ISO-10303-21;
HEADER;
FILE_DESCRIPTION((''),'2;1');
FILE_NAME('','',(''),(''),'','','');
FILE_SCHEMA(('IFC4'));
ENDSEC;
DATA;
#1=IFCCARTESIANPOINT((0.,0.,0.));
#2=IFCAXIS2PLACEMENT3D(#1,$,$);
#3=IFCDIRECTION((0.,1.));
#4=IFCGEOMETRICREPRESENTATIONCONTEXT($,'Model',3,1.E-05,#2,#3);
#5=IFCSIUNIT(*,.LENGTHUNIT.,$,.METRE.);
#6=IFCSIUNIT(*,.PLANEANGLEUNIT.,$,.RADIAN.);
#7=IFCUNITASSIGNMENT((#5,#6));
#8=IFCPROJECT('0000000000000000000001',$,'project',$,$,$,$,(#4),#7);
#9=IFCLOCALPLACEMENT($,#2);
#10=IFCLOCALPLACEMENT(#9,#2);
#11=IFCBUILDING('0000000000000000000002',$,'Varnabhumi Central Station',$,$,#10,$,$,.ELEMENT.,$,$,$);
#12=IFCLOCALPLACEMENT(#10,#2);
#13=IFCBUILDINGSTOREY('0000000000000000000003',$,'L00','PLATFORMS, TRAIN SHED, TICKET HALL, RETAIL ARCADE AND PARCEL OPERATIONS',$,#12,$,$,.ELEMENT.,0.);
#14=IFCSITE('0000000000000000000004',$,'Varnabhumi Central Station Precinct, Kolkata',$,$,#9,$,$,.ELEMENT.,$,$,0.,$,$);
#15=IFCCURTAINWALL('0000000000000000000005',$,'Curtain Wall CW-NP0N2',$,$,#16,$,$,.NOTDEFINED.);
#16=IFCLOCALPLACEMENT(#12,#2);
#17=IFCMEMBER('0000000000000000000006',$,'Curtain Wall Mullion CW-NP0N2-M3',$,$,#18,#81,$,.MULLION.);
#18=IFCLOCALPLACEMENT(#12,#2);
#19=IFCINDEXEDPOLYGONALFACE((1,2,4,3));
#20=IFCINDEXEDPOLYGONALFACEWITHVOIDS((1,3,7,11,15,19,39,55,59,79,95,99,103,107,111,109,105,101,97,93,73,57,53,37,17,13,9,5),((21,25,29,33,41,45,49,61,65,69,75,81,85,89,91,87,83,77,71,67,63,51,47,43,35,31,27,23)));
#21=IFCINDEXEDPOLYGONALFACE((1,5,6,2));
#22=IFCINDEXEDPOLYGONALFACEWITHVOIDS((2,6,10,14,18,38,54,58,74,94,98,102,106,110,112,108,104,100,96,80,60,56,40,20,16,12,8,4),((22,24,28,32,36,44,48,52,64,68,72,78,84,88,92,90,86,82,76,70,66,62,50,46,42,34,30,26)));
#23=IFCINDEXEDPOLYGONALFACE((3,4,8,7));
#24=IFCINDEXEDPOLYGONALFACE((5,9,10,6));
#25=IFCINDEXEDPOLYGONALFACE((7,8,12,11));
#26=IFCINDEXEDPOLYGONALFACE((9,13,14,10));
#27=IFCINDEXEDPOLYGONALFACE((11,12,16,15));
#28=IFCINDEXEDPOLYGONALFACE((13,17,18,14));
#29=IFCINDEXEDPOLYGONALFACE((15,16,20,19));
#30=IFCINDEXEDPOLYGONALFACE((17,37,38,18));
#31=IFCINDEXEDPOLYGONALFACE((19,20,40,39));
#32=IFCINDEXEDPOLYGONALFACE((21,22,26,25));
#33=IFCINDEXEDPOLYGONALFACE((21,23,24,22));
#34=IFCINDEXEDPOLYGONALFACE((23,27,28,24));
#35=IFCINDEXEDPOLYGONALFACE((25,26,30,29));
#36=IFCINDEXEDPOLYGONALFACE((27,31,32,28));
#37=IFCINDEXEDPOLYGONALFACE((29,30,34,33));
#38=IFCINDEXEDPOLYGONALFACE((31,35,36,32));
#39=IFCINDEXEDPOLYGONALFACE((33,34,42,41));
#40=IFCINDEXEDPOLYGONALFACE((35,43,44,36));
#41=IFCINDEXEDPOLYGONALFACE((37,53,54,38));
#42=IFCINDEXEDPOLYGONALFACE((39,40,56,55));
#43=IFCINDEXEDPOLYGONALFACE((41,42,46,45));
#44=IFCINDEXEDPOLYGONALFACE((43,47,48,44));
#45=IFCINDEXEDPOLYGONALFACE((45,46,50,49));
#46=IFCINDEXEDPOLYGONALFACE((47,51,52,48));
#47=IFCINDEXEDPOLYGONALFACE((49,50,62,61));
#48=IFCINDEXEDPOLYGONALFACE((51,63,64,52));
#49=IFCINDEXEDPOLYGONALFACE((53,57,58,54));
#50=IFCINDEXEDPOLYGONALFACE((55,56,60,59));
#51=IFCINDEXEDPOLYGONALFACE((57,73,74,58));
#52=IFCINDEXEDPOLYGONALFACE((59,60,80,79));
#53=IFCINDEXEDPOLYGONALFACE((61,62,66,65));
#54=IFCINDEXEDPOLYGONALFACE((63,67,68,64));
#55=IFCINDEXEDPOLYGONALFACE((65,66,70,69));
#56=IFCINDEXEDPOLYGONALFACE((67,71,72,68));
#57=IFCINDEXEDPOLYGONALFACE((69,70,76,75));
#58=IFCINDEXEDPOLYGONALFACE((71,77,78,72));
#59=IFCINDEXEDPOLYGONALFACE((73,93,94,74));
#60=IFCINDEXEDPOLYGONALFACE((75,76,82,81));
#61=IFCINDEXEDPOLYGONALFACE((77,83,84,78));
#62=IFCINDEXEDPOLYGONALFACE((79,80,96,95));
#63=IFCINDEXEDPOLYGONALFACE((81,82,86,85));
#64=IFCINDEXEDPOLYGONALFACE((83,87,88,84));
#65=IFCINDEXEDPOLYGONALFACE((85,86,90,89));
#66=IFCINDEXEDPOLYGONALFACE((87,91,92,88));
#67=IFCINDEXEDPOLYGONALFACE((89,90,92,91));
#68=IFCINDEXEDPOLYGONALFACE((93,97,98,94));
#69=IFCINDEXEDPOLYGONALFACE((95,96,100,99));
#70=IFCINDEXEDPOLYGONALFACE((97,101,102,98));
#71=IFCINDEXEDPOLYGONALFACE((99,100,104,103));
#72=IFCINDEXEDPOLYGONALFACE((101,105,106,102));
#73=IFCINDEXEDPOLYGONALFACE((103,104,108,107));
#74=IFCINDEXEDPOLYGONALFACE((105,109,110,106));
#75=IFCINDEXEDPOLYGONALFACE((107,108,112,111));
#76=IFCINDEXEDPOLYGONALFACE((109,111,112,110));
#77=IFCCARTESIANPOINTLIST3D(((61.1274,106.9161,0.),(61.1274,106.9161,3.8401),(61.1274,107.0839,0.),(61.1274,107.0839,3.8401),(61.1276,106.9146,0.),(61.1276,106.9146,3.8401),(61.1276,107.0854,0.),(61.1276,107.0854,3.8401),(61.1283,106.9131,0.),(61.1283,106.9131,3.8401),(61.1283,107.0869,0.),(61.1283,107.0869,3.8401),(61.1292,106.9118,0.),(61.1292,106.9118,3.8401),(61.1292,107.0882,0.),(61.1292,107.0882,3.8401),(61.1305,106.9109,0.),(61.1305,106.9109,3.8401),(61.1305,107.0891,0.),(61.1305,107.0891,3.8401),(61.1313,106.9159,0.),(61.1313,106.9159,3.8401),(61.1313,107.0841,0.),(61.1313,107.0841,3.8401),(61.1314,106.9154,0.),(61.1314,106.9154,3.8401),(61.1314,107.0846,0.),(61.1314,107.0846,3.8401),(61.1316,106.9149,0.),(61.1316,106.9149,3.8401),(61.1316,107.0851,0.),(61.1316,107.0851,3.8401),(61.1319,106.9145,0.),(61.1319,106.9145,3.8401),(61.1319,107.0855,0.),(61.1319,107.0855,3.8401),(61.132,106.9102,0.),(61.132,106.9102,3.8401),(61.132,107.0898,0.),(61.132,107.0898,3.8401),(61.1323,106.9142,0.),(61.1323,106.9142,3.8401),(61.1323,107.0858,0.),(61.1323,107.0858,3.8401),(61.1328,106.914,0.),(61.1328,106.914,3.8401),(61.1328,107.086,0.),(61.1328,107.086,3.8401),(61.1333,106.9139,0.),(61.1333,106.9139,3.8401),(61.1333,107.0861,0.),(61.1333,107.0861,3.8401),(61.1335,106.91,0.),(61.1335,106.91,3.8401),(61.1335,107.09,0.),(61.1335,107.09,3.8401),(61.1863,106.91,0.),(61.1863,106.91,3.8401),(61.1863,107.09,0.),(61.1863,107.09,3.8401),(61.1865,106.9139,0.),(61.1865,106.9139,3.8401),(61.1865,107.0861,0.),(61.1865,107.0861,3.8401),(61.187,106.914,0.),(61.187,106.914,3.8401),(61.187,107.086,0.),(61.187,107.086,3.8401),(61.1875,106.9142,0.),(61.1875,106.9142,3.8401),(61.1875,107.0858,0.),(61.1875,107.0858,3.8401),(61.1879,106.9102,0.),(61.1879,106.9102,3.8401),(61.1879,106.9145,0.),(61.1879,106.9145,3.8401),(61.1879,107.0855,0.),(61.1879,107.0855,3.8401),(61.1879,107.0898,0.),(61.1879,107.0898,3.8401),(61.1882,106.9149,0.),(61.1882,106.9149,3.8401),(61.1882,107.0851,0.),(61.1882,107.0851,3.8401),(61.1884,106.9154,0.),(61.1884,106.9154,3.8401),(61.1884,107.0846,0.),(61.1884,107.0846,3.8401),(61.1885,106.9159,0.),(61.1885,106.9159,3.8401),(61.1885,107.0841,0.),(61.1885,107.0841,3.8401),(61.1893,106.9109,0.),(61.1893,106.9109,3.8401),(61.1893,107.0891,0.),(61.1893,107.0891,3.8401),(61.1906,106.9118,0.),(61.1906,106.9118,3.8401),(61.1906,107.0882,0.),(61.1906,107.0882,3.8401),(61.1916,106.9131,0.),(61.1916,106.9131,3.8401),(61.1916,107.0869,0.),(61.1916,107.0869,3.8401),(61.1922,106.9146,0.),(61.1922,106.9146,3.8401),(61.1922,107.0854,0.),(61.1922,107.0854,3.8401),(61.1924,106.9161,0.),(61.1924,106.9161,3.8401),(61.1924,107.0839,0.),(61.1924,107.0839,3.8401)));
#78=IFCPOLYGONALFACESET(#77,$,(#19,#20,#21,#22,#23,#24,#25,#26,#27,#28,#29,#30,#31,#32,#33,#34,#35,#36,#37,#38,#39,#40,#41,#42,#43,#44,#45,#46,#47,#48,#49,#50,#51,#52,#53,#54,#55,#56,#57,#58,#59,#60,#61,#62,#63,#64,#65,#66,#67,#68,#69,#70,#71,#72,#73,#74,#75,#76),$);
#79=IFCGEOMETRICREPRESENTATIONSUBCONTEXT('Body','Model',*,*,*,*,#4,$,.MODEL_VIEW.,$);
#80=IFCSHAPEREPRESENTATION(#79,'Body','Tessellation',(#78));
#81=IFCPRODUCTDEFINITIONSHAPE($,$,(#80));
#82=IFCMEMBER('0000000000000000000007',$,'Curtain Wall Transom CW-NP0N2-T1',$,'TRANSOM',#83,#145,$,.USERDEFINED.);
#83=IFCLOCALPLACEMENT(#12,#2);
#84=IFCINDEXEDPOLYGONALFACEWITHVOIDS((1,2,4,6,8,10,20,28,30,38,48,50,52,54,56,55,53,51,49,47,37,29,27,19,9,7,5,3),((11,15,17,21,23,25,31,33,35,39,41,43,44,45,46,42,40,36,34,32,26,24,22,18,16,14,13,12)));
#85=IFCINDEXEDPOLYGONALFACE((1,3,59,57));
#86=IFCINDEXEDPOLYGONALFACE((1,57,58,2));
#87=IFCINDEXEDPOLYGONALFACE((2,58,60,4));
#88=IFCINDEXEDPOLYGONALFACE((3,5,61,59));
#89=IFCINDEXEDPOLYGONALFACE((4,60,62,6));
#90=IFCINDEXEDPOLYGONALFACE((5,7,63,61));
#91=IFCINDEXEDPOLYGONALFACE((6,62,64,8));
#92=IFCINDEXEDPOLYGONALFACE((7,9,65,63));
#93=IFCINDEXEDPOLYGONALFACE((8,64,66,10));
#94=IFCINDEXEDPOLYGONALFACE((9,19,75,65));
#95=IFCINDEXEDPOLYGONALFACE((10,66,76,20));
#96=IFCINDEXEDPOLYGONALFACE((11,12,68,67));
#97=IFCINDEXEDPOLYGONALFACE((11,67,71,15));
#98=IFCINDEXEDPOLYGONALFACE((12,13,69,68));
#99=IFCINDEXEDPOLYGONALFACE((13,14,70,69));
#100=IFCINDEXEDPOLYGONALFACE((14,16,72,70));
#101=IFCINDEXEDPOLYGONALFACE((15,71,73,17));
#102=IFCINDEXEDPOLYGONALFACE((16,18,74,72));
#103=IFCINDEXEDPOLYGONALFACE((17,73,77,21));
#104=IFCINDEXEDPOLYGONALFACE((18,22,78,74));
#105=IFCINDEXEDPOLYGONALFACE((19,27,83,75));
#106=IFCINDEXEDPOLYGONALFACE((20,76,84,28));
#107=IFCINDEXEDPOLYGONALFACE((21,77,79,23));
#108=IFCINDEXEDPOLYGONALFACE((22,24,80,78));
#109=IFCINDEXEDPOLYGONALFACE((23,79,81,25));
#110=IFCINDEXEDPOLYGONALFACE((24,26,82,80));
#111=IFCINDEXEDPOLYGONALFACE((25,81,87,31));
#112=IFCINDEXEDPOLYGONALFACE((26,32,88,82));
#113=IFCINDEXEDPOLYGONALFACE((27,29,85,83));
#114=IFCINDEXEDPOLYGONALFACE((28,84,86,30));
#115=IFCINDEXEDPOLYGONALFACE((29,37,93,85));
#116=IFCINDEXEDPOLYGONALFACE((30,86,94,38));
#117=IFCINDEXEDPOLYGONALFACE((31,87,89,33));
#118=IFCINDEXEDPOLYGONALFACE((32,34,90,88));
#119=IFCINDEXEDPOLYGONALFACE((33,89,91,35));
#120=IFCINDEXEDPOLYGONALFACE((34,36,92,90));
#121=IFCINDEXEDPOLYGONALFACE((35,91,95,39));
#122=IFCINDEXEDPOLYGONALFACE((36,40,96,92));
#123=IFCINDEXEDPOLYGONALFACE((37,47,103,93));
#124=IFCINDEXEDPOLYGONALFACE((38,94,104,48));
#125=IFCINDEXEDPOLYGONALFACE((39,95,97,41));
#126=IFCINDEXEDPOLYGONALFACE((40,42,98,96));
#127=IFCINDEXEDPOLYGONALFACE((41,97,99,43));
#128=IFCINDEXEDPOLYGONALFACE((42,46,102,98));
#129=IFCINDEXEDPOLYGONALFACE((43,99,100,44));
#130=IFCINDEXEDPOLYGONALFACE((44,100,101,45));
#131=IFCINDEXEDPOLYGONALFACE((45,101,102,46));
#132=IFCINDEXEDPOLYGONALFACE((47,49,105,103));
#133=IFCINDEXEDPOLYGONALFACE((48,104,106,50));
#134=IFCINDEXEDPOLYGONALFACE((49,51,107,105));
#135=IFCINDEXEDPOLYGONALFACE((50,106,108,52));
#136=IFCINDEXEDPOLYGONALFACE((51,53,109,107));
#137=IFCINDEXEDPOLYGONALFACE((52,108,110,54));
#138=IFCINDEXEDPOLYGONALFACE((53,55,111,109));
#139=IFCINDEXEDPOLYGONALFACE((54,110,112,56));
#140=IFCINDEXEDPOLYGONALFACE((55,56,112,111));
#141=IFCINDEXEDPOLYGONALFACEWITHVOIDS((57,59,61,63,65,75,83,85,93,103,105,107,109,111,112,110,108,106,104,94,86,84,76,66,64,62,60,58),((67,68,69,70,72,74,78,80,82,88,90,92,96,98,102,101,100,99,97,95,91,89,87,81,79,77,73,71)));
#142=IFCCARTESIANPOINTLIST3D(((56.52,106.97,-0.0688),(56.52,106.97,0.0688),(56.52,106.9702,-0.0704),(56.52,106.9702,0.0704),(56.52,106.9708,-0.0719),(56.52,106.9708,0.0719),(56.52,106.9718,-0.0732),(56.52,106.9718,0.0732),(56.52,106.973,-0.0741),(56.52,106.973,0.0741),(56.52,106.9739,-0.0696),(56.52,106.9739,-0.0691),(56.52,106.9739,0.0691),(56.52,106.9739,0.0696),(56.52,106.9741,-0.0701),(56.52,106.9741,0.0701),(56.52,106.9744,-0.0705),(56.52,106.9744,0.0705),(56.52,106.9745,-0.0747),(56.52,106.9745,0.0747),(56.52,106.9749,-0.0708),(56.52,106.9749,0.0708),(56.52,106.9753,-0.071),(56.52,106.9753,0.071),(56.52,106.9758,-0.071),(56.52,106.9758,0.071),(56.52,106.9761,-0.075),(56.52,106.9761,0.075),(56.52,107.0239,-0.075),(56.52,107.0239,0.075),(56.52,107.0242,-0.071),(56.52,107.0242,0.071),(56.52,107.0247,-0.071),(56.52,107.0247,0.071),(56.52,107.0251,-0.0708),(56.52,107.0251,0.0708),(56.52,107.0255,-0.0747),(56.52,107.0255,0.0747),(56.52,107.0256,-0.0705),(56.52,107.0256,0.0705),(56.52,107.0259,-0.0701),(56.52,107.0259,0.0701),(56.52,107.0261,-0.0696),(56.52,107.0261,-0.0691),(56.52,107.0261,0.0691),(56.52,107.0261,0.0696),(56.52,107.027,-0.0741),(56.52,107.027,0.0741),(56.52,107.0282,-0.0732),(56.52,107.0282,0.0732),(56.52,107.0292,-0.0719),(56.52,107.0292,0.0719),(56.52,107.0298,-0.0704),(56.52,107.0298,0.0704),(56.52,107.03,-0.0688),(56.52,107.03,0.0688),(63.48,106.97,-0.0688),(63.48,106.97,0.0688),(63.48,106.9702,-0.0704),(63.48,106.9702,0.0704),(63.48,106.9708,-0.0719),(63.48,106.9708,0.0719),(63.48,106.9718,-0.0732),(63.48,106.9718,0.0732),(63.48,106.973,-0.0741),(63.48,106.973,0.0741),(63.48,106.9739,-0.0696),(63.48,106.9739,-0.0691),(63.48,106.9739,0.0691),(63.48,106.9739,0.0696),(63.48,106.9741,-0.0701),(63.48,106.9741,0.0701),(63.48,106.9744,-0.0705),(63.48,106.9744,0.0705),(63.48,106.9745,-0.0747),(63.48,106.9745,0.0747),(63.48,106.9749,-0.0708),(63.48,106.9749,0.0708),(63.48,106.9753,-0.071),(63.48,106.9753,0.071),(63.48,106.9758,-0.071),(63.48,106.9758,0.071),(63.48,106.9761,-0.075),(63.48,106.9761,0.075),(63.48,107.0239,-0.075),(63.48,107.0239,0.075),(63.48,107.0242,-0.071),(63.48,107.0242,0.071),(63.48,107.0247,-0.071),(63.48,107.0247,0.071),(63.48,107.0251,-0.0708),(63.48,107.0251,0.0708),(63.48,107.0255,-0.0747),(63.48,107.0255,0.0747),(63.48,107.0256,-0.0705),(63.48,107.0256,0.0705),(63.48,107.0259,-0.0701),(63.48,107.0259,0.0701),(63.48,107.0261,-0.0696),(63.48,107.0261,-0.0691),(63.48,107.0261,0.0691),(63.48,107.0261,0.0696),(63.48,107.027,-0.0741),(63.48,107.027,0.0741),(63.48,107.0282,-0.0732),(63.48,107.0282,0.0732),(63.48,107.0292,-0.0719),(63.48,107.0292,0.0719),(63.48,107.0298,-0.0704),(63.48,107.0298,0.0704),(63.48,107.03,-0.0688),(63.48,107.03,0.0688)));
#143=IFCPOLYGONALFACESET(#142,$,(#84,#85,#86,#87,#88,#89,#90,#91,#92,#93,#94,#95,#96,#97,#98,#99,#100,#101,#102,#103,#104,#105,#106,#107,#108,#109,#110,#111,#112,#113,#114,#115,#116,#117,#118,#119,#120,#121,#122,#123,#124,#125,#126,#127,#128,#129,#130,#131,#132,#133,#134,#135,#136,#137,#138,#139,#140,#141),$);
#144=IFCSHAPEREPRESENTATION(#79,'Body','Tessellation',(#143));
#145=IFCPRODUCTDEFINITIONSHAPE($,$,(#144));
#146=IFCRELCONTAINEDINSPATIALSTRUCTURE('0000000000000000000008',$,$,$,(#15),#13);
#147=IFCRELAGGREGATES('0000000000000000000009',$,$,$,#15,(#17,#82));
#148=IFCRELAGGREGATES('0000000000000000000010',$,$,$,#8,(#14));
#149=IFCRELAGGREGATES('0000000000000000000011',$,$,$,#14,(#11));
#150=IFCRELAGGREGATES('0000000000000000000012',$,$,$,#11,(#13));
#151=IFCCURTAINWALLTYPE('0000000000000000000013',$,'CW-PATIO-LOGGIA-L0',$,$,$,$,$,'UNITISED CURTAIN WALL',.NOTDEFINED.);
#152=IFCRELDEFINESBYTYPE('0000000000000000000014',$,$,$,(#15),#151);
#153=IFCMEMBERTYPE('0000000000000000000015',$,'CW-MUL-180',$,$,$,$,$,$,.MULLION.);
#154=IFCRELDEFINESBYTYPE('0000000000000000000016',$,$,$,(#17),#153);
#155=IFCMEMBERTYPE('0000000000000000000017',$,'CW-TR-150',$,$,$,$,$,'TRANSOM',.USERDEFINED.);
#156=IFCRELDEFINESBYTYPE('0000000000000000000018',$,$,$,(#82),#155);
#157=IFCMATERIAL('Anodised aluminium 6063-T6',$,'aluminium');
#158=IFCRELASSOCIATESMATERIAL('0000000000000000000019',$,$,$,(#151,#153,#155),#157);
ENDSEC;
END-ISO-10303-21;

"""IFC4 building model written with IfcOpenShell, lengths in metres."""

from ifc_helpers import new_model, si_unit, direction, frame, origin, origin_2d, place, context, subcontext, project, spatial, hollow_rectangle, extrude, material, material_profile, profile_set, type_object, element, aggregate, save


model = new_model("IFC4")

# Units and contexts
model_context = context("Model", 3, precision=1e-05, world=origin(), true_north=direction((0.0, 1.0)))
body_context = subcontext(model_context, "Body", "Model", "MODEL_VIEW")
ifc_project = project(units=[si_unit("LENGTHUNIT", "METRE"), si_unit("PLANEANGLEUNIT", "RADIAN")], contexts=[model_context])

# Site, building, storey
site_placement = place(None, origin())
site = spatial("IfcSite", under=ifc_project, at=site_placement, Name="Varnabhumi Central Station Precinct, Kolkata", CompositionType="ELEMENT", RefElevation=0.0)
building_placement = place(site_placement, origin())
building = spatial("IfcBuilding", under=site, at=building_placement, Name="Varnabhumi Central Station", CompositionType="ELEMENT")
storey_placement = place(building_placement, origin())
storey = spatial("IfcBuildingStorey", under=building, at=storey_placement, Name="L00", Description="PLATFORMS, TRAIN SHED, TICKET HALL, RETAIL ARCADE AND PARCEL OPERATIONS", CompositionType="ELEMENT", Elevation=0.0)

# Curtain wall, members
ifc_material_1 = material(Name="Anodised aluminium 6063-T6", Category="aluminium")
curtain_wall_type = type_object("IfcCurtainWallType", Name="CW-PATIO-LOGGIA-L0", ElementType="UNITISED CURTAIN WALL", PredefinedType="NOTDEFINED", material=ifc_material_1)
ifc_material_profile_1 = material_profile(ifc_material_1, hollow_rectangle(XDim=0.0649, YDim=0.1799, WallThickness=0.0039, InnerFilletRadius=0.002, OuterFilletRadius=0.0061, at=origin_2d()), Name="Anodised aluminium 6063-T6", Category="aluminium")
ifc_profile_set_1 = profile_set([ifc_material_profile_1], Name="Anodised aluminium 6063-T6")
member_type_1 = type_object("IfcMemberType", Name="CW-MUL-180", PredefinedType="MULLION", material=ifc_profile_set_1)
curtain_wall_1_placement = place(storey_placement, origin())
curtain_wall_1 = element("IfcCurtainWall", 1, at=curtain_wall_1_placement, inside=storey, type_object=curtain_wall_type, Name="Curtain Wall CW-NP0N2", PredefinedType="NOTDEFINED")
member_1_placement = place(storey_placement, frame((61.1599, 107.0, 0.0), z_axis=(0.0, 0.0, 1.0), x_axis=(1.0, 0.0, 0.0)))
member_1 = element("IfcMember", 2, at=member_1_placement, type_object=member_type_1, Name="Curtain Wall Mullion CW-NP0N2-M3", PredefinedType="MULLION", context=body_context, shape_type="SweptSolid", body=[
    extrude(hollow_rectangle(XDim=0.0649, YDim=0.1799, WallThickness=0.0039, InnerFilletRadius=0.002, OuterFilletRadius=0.0061, at=origin_2d()), origin(), (0.0, 0.0, 1.0), 3.8401),
])
ifc_material_profile_2 = material_profile(ifc_material_1, hollow_rectangle(XDim=0.0601, YDim=0.1499, WallThickness=0.0039, InnerFilletRadius=0.002, OuterFilletRadius=0.0061, at=origin_2d()), Name="Anodised aluminium 6063-T6", Category="aluminium")
ifc_profile_set_2 = profile_set([ifc_material_profile_2], Name="Anodised aluminium 6063-T6")
member_type_2 = type_object("IfcMemberType", Name="CW-TR-150", ElementType="TRANSOM", PredefinedType="USERDEFINED", material=ifc_profile_set_2)
member_2_placement = place(storey_placement, frame((56.52, 107.0, 0.0), z_axis=(1.0, 0.0, 0.0), x_axis=(0.0, 1.0, 0.0)))
member_2 = element("IfcMember", 3, at=member_2_placement, type_object=member_type_2, Name="Curtain Wall Transom CW-NP0N2-T1", ObjectType="TRANSOM", PredefinedType="USERDEFINED", context=body_context, shape_type="SweptSolid", body=[
    extrude(hollow_rectangle(XDim=0.0601, YDim=0.1499, WallThickness=0.0039, InnerFilletRadius=0.002, OuterFilletRadius=0.0061, at=origin_2d()), origin(), (0.0, 0.0, 1.0), 6.96),
])

aggregate(curtain_wall_1, [member_1, member_2])

save(model, "model.ifc")
